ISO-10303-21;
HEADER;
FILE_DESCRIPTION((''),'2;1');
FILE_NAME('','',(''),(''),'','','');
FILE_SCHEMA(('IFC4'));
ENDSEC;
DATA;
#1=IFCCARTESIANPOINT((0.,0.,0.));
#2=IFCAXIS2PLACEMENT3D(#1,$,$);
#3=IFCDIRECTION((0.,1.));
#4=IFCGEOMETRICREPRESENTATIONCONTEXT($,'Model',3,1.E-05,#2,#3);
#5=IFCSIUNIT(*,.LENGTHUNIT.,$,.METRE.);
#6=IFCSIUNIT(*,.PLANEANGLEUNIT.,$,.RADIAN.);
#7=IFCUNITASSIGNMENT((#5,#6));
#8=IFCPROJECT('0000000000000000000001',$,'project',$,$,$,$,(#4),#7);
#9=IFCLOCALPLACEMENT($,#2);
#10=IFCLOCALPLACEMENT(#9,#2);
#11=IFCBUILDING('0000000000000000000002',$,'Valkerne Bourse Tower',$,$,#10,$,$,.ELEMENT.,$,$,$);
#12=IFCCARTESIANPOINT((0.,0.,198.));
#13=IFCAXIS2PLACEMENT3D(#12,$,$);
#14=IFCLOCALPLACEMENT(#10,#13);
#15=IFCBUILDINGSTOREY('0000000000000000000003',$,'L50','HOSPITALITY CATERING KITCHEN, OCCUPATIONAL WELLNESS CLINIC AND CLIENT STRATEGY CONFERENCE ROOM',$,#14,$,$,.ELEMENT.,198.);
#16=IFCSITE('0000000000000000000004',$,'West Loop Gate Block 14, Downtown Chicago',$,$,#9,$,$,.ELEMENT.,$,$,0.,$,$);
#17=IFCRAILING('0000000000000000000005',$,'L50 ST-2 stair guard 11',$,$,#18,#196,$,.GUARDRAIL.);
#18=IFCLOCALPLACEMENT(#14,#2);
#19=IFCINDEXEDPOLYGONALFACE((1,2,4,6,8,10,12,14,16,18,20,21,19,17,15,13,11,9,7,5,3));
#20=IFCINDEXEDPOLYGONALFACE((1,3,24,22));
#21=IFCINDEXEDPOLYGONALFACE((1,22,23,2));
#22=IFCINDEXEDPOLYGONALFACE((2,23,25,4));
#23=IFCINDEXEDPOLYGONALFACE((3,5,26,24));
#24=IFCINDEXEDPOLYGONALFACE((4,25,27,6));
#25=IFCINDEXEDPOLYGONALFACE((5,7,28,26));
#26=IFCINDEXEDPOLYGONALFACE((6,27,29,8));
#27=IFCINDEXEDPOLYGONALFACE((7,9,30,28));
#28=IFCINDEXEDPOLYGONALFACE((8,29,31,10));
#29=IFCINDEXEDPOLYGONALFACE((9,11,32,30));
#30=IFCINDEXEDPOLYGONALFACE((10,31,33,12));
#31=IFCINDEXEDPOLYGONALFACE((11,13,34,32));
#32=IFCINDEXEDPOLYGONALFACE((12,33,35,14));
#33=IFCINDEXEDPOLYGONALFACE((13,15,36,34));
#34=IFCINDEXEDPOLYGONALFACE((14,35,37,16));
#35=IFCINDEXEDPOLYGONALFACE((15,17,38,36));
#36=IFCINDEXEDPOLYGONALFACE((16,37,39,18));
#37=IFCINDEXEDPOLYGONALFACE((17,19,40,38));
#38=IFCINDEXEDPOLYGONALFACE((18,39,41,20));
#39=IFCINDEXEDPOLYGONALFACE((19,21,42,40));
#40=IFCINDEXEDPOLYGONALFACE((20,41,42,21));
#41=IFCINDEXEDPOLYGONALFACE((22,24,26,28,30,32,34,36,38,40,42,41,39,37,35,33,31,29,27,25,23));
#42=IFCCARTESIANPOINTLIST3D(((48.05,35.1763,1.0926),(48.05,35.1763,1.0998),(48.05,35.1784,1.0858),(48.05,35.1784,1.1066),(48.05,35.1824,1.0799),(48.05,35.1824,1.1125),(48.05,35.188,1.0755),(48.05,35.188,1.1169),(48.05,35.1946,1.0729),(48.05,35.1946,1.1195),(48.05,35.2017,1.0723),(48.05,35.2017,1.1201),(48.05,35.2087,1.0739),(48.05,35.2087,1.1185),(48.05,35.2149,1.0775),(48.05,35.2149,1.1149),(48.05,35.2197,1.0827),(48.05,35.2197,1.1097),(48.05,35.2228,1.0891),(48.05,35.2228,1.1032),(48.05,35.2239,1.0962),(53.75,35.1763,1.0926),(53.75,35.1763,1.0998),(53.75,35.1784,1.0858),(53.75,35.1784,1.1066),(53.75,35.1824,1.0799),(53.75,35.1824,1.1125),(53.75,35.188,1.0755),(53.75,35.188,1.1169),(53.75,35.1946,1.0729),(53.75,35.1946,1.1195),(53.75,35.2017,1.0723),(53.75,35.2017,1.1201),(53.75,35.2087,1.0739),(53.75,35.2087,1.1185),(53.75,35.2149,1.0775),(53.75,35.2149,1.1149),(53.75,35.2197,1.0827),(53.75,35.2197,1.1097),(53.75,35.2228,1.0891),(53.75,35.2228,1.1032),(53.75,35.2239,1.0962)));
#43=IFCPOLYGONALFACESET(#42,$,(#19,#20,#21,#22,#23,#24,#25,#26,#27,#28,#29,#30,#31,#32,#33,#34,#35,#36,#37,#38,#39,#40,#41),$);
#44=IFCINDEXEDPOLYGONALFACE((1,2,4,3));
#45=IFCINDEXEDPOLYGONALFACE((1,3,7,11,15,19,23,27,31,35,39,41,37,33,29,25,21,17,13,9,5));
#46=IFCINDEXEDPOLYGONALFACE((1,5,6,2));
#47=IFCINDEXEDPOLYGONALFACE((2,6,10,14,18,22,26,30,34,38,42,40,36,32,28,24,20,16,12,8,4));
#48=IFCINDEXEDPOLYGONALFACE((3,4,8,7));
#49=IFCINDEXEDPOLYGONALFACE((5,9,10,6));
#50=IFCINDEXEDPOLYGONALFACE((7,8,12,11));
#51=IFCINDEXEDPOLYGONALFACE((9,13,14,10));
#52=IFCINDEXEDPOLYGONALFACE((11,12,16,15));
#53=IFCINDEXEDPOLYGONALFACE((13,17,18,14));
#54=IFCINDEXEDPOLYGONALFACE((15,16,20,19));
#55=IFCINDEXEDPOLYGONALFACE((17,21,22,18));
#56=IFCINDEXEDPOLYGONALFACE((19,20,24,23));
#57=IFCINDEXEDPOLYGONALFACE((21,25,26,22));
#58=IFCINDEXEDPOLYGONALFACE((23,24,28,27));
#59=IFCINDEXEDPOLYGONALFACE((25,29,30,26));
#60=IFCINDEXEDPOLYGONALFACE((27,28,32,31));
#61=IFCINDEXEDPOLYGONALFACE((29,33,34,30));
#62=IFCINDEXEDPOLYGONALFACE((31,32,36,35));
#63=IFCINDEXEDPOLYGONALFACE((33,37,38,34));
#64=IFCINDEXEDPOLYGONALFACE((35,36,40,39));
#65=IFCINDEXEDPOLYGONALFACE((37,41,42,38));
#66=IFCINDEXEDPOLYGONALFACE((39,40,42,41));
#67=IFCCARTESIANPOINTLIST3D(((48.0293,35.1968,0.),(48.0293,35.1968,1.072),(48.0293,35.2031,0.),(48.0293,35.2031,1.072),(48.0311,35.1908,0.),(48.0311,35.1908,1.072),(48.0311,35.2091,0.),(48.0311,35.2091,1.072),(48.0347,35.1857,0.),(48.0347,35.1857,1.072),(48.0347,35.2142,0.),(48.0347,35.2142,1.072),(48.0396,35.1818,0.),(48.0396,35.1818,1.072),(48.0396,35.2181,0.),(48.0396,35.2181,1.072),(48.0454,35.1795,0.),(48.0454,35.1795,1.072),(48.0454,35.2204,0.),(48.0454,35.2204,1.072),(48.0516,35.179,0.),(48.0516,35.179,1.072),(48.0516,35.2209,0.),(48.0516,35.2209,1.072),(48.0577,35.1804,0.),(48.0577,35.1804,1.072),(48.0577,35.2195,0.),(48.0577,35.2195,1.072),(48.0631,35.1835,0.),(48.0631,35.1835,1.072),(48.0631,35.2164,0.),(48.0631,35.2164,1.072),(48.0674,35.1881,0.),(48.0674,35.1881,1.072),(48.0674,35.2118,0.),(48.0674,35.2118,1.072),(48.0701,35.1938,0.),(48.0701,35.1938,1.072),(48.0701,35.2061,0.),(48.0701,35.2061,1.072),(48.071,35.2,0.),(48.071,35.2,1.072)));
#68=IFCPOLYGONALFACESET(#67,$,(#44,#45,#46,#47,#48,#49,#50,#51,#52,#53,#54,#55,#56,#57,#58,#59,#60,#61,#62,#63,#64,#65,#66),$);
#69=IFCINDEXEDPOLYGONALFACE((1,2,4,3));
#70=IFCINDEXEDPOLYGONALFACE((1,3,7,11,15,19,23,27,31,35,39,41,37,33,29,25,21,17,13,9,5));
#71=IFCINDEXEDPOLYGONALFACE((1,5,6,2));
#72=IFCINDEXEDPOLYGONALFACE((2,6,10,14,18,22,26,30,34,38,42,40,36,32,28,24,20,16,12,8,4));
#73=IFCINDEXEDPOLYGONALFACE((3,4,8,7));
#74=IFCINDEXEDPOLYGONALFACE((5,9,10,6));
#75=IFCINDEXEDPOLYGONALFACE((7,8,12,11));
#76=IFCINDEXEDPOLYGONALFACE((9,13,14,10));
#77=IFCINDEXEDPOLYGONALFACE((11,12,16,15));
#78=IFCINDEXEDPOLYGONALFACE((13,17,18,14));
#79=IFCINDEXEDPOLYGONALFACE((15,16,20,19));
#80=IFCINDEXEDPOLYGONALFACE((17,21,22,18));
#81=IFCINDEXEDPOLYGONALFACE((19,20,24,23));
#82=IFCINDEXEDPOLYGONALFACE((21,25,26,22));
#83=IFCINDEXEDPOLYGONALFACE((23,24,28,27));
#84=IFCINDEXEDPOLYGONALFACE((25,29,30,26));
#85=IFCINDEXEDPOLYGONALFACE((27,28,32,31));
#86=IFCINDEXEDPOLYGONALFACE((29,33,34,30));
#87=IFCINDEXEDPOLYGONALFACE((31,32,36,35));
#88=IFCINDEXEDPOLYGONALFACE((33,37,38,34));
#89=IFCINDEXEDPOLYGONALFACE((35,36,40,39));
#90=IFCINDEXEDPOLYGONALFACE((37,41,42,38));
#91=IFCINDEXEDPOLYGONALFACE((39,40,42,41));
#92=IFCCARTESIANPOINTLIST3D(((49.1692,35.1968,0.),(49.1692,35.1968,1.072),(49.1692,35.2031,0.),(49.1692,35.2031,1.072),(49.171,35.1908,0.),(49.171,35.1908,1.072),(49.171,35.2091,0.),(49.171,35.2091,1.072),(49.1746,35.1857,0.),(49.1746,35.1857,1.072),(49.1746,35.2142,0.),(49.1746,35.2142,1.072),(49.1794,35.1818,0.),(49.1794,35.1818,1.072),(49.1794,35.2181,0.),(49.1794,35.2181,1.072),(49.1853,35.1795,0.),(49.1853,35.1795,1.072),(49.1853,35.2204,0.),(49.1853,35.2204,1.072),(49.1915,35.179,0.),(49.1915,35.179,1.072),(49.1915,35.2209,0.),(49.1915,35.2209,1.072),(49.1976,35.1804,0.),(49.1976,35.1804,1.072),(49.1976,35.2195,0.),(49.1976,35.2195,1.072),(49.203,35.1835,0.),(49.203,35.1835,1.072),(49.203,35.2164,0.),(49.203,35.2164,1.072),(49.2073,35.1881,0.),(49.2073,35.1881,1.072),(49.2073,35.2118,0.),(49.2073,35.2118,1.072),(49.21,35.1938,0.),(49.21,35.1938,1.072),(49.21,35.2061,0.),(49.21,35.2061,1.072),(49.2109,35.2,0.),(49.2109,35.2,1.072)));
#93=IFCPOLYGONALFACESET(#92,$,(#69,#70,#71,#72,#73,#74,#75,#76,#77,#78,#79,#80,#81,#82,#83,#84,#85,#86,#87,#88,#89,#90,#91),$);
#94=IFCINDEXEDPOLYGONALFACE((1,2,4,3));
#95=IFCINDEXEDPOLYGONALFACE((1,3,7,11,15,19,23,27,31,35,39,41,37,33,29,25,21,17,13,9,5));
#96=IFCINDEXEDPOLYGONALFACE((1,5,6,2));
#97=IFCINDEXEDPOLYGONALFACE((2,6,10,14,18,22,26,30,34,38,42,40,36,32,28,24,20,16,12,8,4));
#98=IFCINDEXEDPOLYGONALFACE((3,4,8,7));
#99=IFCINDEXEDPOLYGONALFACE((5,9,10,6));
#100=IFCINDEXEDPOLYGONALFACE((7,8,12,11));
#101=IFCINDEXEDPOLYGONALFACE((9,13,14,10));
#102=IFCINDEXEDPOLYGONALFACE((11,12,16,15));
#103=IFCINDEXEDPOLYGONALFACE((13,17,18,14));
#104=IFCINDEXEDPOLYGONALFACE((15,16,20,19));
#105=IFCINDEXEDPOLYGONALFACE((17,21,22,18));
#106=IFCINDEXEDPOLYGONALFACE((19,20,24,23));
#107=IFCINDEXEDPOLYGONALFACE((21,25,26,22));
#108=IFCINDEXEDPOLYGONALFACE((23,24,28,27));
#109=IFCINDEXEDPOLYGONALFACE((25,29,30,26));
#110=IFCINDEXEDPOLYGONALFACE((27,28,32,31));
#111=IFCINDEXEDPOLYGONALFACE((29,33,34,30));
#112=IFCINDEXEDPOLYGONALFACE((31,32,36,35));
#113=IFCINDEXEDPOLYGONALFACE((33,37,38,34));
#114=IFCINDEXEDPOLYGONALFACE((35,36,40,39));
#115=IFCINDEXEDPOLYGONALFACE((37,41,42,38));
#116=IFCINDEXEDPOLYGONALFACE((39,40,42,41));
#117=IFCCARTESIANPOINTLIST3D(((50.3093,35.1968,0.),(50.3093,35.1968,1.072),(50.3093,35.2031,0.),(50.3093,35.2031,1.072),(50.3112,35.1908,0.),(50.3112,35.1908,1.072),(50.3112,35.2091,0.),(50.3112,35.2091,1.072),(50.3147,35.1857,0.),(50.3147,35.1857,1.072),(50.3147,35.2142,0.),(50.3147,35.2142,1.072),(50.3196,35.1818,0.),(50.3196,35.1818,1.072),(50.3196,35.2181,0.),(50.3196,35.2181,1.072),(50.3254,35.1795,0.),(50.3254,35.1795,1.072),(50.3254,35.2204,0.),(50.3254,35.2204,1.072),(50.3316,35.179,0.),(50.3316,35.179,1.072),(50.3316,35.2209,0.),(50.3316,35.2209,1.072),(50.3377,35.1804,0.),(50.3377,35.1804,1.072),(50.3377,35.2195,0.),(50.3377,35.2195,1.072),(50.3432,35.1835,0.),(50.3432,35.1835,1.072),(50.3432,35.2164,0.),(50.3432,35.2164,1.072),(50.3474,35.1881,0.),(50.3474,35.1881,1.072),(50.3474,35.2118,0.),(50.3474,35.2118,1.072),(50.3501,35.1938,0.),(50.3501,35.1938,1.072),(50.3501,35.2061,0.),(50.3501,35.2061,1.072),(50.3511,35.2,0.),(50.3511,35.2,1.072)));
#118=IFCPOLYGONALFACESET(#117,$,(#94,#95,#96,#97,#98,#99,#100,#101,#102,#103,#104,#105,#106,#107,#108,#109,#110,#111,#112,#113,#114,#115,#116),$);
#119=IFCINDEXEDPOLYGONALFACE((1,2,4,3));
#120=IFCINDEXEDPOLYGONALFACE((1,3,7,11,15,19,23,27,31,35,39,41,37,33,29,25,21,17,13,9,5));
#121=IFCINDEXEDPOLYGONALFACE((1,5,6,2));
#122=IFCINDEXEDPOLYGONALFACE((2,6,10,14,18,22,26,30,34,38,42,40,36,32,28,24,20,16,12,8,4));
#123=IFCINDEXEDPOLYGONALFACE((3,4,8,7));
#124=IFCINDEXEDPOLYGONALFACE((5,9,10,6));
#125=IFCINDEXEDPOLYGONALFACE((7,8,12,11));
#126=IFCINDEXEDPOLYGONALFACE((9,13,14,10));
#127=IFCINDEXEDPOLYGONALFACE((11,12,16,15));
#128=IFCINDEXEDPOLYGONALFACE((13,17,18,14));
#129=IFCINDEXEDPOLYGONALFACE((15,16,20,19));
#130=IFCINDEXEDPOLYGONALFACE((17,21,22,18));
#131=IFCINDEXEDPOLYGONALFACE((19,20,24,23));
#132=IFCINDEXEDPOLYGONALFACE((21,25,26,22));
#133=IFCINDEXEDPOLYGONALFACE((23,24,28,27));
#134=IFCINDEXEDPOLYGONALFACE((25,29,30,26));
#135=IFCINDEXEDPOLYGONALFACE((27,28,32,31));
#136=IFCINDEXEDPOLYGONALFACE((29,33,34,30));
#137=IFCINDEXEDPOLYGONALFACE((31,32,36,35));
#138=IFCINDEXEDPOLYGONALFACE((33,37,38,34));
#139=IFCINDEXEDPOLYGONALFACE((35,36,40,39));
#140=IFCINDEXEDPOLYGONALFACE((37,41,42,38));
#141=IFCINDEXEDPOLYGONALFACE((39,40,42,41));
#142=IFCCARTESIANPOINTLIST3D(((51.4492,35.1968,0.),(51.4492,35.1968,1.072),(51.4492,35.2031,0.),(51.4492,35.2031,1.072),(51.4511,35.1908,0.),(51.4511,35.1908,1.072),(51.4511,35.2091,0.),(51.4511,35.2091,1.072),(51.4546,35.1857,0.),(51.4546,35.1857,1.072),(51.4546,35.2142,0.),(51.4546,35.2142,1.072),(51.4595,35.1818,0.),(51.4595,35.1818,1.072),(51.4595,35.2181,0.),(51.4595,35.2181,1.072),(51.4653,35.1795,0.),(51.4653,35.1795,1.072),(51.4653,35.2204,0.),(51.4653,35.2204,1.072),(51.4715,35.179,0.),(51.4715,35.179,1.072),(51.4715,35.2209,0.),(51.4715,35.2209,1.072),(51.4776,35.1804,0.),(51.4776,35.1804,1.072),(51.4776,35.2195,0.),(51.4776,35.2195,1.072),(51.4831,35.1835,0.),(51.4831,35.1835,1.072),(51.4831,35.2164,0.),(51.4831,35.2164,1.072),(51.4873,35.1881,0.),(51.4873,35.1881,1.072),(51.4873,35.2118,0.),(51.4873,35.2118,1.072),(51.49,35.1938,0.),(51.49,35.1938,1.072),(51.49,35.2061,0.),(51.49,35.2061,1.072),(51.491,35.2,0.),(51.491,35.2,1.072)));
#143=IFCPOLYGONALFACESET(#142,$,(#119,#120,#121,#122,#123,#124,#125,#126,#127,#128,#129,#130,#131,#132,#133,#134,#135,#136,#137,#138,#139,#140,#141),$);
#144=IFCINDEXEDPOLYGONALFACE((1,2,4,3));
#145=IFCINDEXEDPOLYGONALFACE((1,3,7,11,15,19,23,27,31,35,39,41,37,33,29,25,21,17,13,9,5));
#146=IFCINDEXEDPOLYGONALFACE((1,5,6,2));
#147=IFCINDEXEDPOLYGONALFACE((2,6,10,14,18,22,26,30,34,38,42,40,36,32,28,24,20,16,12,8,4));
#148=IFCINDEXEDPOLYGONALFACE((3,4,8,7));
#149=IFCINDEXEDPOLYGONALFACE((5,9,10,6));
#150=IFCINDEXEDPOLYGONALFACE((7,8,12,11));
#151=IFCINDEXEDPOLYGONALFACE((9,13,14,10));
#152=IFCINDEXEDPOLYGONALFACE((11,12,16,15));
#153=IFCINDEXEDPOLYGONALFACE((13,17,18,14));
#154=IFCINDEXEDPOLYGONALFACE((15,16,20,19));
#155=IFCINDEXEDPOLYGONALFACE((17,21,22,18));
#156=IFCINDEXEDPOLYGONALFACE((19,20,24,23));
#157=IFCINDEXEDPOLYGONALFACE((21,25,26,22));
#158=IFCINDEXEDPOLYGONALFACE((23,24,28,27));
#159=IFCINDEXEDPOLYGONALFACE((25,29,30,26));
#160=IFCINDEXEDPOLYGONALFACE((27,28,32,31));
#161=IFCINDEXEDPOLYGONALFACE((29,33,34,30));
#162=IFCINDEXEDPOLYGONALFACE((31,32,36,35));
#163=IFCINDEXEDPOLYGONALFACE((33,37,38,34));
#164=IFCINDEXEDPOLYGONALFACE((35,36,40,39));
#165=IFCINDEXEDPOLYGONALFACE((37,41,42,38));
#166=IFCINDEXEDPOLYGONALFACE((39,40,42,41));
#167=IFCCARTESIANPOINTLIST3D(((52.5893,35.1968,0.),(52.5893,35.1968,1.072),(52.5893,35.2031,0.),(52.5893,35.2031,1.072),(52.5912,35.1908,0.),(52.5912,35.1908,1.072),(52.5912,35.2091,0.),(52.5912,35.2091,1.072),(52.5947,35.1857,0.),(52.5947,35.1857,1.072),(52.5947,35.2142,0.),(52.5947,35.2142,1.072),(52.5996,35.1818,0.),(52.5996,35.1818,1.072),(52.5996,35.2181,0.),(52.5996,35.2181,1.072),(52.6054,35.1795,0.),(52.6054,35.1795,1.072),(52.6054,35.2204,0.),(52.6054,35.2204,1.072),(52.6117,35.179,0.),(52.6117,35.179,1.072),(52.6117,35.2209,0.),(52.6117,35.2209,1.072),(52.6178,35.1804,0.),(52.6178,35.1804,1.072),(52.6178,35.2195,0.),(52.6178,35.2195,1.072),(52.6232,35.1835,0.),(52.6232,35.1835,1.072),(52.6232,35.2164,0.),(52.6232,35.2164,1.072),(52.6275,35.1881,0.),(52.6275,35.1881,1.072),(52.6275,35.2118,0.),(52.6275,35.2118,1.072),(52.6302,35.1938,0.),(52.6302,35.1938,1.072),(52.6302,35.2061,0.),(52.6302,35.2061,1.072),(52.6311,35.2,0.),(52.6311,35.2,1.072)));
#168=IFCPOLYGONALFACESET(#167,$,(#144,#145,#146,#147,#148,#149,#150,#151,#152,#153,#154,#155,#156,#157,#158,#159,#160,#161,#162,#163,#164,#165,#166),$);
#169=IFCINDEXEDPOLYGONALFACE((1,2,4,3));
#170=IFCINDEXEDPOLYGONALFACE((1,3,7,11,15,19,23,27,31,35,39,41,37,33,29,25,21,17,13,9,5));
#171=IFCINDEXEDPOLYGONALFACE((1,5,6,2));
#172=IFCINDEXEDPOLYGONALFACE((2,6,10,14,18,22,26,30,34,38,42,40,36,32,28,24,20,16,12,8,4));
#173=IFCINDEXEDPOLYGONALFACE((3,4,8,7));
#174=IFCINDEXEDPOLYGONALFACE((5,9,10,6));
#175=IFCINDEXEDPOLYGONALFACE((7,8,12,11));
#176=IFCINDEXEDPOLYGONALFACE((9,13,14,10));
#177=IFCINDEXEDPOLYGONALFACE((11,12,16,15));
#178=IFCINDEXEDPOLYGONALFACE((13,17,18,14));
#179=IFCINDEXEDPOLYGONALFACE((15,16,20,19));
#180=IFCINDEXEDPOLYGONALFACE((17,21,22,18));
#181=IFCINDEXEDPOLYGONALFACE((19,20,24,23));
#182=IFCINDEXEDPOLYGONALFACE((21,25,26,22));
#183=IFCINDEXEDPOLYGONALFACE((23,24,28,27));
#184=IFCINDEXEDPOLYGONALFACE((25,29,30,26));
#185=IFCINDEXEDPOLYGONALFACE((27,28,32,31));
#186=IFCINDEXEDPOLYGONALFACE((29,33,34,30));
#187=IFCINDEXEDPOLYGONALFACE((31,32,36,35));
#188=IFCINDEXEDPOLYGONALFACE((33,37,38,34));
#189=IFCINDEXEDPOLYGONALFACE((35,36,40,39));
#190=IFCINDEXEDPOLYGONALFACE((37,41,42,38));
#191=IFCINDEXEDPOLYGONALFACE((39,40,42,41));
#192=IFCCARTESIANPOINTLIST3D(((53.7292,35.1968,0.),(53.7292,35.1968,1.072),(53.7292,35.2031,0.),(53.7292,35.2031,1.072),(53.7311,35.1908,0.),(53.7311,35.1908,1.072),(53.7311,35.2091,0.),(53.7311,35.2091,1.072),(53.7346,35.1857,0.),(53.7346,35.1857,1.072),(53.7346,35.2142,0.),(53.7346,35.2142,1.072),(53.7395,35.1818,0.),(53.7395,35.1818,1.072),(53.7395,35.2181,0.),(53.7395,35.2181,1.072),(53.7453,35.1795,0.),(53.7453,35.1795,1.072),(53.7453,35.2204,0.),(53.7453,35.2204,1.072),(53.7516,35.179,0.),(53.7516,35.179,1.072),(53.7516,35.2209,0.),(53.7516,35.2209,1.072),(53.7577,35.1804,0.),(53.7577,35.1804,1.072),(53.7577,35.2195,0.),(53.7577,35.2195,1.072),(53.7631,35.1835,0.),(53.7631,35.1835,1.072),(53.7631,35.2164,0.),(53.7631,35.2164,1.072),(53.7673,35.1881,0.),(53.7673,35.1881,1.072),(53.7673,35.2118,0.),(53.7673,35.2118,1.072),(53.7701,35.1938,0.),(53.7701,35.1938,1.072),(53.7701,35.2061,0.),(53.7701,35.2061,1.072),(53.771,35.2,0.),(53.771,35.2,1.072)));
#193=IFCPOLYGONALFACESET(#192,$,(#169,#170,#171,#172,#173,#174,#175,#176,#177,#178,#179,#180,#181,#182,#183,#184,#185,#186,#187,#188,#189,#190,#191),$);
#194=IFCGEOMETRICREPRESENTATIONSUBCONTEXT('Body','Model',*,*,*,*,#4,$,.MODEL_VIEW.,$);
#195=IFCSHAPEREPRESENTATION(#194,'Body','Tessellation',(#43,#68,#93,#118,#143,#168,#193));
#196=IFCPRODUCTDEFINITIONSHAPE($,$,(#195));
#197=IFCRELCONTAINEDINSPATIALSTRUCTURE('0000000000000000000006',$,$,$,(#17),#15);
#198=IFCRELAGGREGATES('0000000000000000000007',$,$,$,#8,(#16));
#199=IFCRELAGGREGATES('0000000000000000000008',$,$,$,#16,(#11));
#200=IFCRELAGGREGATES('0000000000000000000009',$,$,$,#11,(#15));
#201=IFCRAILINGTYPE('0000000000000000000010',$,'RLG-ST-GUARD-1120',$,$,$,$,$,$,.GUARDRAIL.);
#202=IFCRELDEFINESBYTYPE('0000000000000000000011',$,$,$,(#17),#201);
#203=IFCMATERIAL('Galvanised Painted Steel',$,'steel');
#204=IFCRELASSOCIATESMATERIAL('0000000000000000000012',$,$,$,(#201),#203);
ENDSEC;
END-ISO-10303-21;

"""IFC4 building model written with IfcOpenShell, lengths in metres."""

from ifc_helpers import new_model, si_unit, direction, frame, origin, origin_2d, place, context, subcontext, project, spatial, circle, extrude, material, type_object, element, save


model = new_model("IFC4")

# Units and contexts
model_context = context("Model", 3, precision=1e-05, world=origin(), true_north=direction((0.0, 1.0)))
body_context = subcontext(model_context, "Body", "Model", "MODEL_VIEW")
ifc_project = project(units=[si_unit("LENGTHUNIT", "METRE"), si_unit("PLANEANGLEUNIT", "RADIAN")], contexts=[model_context])

# Site, building, storey
site_placement = place(None, origin())
site = spatial("IfcSite", under=ifc_project, at=site_placement, Name="West Loop Gate Block 14, Downtown Chicago", CompositionType="ELEMENT", RefElevation=0.0)
building_placement = place(site_placement, origin())
building = spatial("IfcBuilding", under=site, at=building_placement, Name="Valkerne Bourse Tower", CompositionType="ELEMENT")
storey_placement = place(building_placement, frame((0.0, 0.0, 198.0)))
storey = spatial("IfcBuildingStorey", under=building, at=storey_placement, Name="L50", Description="HOSPITALITY CATERING KITCHEN, OCCUPATIONAL WELLNESS CLINIC AND CLIENT STRATEGY CONFERENCE ROOM", CompositionType="ELEMENT", Elevation=198.0)

# Shared definitions
ifc_material_1 = material(Name="Galvanised Painted Steel", Category="steel")

# Railing
railing_type_1 = type_object("IfcRailingType", Name="RLG-ST-GUARD-1120", PredefinedType="GUARDRAIL", material=ifc_material_1)
for number, where, name in (
    (1, (48.05, 35.2, 0.0), "L50 ST-2 stair guard 11"),
):
    element("IfcRailing", number, at=place(storey_placement, frame(where)), inside=storey, type_object=railing_type_1, Name=name, PredefinedType="GUARDRAIL", context=body_context, shape_type="SweptSolid", body=[
        extrude(circle(Radius=0.0239, at=origin_2d()), frame((0.0, 0.0, 1.0962), z_axis=(1.0, 0.0, 0.0), x_axis=(0.0, 1.0, 0.0)), (0.0, 0.0, 1.0), 5.7),
        extrude(circle(Radius=0.021, at=origin_2d()), origin(), (0.0, 0.0, 1.0), 1.072),
        extrude(circle(Radius=0.021, at=origin_2d()), frame((1.1399, 0.0, 0.0)), (0.0, 0.0, 1.0), 1.072),
        extrude(circle(Radius=0.021, at=origin_2d()), frame((2.28, 0.0, 0.0)), (0.0, 0.0, 1.0), 1.072),
        extrude(circle(Radius=0.021, at=origin_2d()), frame((3.4199, 0.0, 0.0)), (0.0, 0.0, 1.0), 1.072),
        extrude(circle(Radius=0.021, at=origin_2d()), frame((4.5601, 0.0, 0.0)), (0.0, 0.0, 1.0), 1.072),
        extrude(circle(Radius=0.021, at=origin_2d()), frame((5.7, 0.0, 0.0)), (0.0, 0.0, 1.0), 1.072),
    ])

save(model, "model.ifc")
